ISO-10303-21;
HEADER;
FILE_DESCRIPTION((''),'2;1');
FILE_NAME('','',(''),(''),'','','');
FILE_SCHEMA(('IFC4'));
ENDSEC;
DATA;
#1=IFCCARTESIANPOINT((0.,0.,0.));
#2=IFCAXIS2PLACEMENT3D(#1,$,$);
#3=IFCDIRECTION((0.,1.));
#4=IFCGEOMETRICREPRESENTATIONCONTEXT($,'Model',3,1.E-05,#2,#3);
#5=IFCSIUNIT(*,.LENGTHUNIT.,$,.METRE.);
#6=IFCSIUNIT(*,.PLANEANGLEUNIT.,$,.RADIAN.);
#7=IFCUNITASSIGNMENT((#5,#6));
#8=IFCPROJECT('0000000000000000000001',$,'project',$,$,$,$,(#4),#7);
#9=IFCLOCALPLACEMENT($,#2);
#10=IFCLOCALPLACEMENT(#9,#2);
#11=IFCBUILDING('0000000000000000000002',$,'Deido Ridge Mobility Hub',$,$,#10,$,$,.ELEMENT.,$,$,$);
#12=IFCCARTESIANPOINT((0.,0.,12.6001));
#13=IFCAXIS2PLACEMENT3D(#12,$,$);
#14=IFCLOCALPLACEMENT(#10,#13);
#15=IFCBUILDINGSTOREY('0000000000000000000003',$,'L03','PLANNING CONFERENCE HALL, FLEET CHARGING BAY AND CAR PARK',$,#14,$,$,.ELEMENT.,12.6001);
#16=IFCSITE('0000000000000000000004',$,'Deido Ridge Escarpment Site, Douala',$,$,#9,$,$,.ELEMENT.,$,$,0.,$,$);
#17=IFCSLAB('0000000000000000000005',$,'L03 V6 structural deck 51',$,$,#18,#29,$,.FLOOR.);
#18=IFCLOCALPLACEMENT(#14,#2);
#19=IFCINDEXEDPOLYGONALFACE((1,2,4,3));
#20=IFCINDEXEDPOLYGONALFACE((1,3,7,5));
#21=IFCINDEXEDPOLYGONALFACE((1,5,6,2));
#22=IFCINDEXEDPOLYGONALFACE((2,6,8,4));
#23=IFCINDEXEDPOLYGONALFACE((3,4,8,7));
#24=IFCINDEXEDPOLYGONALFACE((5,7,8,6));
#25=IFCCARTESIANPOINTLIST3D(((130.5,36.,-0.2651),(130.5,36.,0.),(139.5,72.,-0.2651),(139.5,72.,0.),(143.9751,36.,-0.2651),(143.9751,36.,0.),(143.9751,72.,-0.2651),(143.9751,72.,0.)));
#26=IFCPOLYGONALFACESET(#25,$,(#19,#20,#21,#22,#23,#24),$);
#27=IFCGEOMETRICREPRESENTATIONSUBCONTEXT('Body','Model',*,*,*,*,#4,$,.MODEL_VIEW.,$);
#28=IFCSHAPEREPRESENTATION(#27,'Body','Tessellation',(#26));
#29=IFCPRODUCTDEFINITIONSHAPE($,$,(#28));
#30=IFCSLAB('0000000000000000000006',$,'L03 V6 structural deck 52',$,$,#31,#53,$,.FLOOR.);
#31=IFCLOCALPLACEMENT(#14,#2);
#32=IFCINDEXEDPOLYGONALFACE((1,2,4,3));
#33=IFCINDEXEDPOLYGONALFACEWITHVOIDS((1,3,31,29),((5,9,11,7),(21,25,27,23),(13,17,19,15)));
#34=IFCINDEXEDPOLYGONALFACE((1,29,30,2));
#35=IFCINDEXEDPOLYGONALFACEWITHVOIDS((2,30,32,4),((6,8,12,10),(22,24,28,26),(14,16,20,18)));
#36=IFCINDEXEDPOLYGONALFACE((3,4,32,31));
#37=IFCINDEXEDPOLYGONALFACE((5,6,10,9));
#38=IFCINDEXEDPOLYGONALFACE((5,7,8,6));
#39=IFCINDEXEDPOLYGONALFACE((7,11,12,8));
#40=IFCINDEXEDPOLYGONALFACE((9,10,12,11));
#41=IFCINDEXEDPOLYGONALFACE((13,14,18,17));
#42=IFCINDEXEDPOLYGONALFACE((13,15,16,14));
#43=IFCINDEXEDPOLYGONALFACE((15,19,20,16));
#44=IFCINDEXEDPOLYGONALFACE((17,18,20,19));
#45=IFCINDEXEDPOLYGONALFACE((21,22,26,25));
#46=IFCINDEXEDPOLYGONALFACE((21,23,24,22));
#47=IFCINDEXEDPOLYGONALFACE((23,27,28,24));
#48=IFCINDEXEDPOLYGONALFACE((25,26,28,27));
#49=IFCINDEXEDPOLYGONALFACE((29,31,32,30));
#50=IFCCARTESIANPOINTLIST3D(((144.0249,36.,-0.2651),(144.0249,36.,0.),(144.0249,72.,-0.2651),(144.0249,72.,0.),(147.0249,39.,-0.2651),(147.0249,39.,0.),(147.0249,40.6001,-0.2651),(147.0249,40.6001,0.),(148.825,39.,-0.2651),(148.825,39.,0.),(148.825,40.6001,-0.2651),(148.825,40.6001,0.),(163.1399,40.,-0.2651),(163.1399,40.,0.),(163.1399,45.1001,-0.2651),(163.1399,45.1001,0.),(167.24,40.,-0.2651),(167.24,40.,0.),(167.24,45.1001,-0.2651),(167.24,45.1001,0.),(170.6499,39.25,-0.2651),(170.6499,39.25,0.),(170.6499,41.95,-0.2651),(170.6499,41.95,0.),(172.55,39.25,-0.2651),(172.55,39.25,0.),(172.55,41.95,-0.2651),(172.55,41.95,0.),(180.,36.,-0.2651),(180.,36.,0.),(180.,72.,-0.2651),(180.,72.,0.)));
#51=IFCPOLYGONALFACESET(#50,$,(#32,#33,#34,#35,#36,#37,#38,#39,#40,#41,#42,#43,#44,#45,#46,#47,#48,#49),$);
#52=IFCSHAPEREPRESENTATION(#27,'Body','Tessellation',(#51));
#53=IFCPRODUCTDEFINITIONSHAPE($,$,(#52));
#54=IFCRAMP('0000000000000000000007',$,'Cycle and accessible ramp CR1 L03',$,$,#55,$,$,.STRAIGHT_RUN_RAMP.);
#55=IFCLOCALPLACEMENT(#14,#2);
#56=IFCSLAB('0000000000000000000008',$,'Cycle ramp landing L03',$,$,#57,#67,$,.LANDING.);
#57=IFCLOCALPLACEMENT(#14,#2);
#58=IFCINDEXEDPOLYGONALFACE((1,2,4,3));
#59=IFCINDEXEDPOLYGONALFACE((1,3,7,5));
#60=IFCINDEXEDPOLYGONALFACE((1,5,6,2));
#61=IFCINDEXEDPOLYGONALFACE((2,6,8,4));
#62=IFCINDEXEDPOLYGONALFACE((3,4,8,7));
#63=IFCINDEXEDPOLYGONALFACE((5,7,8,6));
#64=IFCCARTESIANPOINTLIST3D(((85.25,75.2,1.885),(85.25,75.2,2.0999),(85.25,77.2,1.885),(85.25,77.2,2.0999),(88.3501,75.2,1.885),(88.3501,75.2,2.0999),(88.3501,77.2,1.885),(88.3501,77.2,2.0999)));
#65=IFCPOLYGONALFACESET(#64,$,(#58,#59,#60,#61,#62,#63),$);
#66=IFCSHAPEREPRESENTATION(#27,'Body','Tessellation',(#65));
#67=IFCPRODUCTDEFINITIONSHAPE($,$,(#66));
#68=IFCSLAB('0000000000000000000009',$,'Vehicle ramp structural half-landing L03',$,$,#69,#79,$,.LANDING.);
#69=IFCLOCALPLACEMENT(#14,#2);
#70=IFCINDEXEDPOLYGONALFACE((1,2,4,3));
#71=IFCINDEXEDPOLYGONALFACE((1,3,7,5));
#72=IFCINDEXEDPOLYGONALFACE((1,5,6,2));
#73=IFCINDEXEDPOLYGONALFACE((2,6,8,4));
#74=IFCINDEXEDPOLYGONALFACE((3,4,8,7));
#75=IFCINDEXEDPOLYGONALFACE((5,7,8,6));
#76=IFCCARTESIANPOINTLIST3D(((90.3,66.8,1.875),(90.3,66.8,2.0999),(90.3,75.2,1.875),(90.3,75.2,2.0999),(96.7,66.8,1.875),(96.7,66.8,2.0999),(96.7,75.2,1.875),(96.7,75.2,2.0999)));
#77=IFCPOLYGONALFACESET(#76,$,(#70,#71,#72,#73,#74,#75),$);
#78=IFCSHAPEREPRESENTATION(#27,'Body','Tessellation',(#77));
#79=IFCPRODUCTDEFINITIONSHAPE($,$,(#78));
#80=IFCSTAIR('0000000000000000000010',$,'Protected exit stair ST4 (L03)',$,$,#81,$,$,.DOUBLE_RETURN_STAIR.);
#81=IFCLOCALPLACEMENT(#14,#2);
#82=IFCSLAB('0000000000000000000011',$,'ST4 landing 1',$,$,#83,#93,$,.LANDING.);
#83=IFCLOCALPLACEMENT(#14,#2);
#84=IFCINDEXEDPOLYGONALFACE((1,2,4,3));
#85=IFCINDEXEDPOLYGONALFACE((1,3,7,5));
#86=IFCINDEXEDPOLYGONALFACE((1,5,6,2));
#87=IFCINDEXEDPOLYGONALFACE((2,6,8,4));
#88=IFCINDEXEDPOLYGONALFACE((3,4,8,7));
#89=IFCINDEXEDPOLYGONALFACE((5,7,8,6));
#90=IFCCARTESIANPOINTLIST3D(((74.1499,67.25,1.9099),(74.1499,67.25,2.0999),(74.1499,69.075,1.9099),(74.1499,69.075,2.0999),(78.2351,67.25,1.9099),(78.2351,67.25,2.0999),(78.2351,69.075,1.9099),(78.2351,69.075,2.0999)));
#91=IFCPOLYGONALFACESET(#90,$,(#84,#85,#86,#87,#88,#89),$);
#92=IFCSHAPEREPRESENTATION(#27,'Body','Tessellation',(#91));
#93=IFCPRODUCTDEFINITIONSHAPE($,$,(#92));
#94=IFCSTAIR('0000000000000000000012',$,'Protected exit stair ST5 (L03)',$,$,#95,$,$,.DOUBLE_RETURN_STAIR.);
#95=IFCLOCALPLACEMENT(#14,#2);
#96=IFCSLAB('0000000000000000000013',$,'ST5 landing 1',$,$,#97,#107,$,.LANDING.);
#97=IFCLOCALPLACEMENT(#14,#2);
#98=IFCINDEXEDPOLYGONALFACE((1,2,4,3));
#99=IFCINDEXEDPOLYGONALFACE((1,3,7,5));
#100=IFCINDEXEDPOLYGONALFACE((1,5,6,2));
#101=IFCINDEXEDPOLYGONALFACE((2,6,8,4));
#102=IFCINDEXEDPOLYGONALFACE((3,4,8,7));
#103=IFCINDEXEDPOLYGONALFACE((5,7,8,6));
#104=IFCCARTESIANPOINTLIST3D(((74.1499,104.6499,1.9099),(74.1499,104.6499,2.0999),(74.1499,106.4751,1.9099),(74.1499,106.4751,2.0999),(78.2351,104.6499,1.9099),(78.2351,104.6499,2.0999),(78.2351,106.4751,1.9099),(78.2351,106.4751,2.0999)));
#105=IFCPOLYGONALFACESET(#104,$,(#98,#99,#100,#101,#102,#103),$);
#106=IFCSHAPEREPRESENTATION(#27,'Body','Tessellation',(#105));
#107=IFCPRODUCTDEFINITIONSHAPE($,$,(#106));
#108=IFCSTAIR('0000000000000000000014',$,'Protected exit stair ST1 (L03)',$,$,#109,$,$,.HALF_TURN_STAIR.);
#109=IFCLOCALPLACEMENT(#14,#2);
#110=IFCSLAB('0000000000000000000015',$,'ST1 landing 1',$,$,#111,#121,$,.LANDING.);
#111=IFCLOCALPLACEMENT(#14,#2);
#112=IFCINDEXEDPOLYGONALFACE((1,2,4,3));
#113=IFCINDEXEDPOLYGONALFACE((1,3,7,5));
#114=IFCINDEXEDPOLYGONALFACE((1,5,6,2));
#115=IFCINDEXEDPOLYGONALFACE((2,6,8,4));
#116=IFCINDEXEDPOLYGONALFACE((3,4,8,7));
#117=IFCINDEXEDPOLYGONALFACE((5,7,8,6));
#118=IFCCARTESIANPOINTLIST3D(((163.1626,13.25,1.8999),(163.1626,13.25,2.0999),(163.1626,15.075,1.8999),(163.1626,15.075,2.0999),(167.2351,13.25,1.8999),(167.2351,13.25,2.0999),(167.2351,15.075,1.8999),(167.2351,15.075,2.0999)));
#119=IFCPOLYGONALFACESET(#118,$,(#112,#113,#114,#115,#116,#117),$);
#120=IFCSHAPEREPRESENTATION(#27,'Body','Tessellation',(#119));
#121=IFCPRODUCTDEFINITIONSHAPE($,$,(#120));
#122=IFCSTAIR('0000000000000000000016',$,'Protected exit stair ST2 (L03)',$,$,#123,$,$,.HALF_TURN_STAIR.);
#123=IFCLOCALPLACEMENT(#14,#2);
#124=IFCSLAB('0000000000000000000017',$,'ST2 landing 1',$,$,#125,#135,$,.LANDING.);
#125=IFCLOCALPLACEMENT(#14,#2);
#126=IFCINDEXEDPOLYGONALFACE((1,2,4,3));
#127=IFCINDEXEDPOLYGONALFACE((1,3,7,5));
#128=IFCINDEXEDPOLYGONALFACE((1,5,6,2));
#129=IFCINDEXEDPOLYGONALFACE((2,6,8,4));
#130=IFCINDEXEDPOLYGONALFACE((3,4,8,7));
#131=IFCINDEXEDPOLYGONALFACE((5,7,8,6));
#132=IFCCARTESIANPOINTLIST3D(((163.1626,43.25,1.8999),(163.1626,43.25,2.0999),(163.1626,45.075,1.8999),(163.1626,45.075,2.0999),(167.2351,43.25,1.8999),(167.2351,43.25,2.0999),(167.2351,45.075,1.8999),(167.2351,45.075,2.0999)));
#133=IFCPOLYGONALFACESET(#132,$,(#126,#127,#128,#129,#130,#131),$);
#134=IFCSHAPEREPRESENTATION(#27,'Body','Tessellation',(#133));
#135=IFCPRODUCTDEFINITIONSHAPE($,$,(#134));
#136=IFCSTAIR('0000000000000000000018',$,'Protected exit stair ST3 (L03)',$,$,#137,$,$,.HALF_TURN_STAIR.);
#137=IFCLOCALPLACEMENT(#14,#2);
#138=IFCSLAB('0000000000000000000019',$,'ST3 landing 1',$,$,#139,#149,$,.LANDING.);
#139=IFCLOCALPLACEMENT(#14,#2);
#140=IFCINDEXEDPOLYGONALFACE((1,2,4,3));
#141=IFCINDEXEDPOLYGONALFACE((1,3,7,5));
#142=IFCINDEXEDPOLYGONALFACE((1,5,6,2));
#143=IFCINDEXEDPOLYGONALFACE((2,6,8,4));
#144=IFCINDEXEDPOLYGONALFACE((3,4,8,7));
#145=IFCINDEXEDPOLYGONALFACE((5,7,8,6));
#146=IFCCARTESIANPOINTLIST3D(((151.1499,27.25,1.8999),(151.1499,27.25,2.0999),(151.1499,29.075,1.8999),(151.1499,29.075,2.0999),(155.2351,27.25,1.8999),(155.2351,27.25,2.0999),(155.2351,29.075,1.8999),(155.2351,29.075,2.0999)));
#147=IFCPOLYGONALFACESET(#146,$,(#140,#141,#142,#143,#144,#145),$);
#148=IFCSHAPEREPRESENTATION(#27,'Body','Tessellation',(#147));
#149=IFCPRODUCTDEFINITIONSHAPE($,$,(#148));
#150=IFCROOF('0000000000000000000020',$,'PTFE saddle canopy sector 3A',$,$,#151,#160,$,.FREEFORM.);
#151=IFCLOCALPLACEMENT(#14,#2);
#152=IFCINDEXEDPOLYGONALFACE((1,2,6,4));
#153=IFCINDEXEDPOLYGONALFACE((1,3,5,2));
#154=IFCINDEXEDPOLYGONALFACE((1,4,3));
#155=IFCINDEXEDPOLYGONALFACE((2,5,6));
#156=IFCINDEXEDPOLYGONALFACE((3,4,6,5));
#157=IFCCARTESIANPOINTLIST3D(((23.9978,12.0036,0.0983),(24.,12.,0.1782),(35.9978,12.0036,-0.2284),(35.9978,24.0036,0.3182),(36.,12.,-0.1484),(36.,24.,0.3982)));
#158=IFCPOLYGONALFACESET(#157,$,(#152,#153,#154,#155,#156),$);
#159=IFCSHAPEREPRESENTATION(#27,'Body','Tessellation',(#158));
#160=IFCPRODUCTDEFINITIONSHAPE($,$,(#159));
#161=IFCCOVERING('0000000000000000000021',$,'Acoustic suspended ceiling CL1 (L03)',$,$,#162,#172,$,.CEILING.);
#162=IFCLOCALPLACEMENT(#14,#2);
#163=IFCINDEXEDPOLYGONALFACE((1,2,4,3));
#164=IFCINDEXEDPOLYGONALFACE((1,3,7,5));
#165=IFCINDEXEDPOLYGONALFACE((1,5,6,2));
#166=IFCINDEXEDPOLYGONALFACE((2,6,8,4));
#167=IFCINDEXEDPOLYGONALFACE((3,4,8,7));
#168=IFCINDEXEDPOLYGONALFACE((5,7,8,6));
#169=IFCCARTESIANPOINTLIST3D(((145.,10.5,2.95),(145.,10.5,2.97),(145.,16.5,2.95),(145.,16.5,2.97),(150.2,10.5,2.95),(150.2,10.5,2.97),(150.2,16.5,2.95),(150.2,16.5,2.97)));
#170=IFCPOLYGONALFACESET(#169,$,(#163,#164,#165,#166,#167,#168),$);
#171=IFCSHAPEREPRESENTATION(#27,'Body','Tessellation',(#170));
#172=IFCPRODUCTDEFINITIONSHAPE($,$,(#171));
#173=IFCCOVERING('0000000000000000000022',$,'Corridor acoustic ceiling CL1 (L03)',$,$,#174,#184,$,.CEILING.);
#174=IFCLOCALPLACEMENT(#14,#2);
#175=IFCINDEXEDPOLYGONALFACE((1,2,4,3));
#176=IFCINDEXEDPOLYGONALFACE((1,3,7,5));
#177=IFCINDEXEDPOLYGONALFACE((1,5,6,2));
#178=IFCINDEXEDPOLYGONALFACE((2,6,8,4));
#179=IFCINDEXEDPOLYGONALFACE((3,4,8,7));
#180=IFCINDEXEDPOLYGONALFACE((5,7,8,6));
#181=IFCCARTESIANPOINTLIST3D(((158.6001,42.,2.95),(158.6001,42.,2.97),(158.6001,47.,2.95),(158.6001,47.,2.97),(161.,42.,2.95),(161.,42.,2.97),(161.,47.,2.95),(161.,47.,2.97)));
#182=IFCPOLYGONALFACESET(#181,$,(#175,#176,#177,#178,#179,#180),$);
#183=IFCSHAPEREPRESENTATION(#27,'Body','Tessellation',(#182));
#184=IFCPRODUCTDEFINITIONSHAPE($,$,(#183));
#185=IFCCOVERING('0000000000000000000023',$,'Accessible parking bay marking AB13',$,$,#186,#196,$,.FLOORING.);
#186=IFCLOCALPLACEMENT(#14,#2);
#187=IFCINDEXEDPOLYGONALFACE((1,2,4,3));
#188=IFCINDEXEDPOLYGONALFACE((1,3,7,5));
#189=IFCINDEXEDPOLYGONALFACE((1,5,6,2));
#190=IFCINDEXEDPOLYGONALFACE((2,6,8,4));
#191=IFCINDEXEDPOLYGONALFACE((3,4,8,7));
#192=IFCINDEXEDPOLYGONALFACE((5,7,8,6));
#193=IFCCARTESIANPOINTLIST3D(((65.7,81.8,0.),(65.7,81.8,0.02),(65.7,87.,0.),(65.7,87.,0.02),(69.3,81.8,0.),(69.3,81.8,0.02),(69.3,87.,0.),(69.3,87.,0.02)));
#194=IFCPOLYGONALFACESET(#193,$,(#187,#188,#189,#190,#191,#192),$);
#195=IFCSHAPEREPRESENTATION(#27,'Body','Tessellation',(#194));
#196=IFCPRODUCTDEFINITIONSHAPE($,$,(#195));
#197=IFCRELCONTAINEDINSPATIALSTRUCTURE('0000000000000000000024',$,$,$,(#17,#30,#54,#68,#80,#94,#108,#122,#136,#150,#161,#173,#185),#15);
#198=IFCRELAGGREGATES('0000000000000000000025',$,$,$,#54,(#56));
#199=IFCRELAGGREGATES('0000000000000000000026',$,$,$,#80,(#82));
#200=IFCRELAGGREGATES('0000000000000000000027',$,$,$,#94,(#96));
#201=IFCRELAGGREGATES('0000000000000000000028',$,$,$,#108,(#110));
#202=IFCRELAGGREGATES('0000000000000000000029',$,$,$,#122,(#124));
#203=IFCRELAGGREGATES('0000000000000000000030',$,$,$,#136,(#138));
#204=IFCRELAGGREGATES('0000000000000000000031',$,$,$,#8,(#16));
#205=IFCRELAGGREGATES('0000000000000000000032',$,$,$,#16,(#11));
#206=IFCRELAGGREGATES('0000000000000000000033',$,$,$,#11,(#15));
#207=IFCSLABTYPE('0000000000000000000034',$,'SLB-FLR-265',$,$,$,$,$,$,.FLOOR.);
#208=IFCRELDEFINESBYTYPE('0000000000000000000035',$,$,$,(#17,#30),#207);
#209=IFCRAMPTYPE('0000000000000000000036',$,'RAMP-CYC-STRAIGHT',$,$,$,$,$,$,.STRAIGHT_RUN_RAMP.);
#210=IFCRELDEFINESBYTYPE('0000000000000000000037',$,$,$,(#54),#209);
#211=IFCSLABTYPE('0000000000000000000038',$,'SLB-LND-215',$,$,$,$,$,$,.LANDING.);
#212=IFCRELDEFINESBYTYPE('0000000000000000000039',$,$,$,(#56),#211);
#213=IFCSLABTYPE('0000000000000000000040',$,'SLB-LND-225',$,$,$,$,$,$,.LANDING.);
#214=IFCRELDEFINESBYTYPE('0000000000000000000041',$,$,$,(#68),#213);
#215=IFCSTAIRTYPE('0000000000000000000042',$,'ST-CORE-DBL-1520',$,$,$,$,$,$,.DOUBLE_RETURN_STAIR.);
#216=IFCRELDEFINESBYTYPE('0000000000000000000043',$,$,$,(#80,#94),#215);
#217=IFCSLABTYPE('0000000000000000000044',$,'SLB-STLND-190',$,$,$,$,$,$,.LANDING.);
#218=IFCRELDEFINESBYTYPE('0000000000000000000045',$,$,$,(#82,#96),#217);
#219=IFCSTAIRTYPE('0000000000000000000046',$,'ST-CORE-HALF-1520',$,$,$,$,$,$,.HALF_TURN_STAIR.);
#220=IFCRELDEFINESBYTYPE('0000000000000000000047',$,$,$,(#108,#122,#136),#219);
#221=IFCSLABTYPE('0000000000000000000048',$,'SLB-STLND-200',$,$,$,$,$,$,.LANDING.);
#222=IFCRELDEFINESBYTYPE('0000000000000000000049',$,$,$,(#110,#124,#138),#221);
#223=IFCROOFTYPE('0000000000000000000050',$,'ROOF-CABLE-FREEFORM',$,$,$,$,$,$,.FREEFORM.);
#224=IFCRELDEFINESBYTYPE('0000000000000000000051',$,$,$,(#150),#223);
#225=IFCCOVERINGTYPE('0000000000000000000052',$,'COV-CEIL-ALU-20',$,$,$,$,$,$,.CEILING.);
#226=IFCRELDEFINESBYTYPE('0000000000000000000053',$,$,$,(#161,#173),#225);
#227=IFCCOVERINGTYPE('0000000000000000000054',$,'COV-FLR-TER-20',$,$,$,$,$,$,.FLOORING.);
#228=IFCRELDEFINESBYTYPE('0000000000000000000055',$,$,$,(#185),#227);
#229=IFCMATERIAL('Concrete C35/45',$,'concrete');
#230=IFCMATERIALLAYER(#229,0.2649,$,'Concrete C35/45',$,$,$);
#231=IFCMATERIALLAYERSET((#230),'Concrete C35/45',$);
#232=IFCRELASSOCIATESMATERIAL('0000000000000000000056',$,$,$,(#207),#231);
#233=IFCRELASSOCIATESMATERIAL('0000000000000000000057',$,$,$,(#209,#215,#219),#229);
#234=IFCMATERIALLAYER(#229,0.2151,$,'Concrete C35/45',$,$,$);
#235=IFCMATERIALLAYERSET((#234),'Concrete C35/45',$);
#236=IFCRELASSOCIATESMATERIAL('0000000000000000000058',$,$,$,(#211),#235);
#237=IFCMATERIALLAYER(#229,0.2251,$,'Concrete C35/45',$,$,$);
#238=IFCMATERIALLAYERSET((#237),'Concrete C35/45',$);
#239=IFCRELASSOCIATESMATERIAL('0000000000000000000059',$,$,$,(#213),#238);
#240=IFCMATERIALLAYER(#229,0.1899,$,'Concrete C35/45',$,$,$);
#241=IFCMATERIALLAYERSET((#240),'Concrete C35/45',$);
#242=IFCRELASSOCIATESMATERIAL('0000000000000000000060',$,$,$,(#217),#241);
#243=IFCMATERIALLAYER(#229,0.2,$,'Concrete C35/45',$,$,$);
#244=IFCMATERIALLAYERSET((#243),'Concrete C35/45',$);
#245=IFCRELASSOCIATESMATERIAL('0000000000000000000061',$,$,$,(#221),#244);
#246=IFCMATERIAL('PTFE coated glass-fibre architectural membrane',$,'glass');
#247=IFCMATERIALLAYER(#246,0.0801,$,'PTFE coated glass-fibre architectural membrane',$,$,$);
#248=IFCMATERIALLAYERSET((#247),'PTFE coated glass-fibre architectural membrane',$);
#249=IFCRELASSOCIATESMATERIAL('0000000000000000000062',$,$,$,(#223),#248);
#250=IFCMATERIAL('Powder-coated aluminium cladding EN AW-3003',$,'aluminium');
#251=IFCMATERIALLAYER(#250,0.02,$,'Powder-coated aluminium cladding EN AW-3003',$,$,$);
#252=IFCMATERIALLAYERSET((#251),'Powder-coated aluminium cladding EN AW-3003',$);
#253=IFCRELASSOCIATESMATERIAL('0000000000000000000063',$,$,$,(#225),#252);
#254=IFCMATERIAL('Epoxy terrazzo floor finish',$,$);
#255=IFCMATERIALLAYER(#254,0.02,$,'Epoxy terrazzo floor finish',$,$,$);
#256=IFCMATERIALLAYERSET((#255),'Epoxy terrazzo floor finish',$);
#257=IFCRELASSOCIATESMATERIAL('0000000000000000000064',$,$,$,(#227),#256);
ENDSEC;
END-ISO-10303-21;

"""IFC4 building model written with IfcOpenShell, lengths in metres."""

from ifc_helpers import new_model, si_unit, direction, frame, origin, place, context, subcontext, project, spatial, polyline, outline, extrude, material, layer, layer_set, type_object, element, aggregate, save


model = new_model("IFC4")

# Units and contexts
model_context = context("Model", 3, precision=1e-05, world=origin(), true_north=direction((0.0, 1.0)))
body_context = subcontext(model_context, "Body", "Model", "MODEL_VIEW")
ifc_project = project(units=[si_unit("LENGTHUNIT", "METRE"), si_unit("PLANEANGLEUNIT", "RADIAN")], contexts=[model_context])

# Site, building, storey
site_placement = place(None, origin())
site = spatial("IfcSite", under=ifc_project, at=site_placement, Name="Deido Ridge Escarpment Site, Douala", CompositionType="ELEMENT", RefElevation=0.0)
building_placement = place(site_placement, origin())
building = spatial("IfcBuilding", under=site, at=building_placement, Name="Deido Ridge Mobility Hub", CompositionType="ELEMENT")
storey_placement = place(building_placement, frame((0.0, 0.0, 12.6001)))
storey = spatial("IfcBuildingStorey", under=building, at=storey_placement, Name="L03", Description="PLANNING CONFERENCE HALL, FLEET CHARGING BAY AND CAR PARK", CompositionType="ELEMENT", Elevation=12.6001)

# Slabs
ifc_material_1 = material(Name="Concrete C35/45", Category="concrete")
ifc_layer_1 = layer(ifc_material_1, 0.2649, Name="Concrete C35/45")
ifc_layer_set_1 = layer_set([ifc_layer_1], Name="Concrete C35/45")
slab_type_1 = type_object("IfcSlabType", Name="SLB-FLR-265", PredefinedType="FLOOR", material=ifc_layer_set_1)
slab_1_placement = place(storey_placement, frame((0.0, 0.0, -0.2651)))
element("IfcSlab", 1, at=slab_1_placement, inside=storey, type_object=slab_type_1, Name="L03 V6 structural deck 51", PredefinedType="FLOOR", context=body_context, shape_type="SweptSolid", body=[
    extrude(outline(polyline([(143.9751, 72.0), (143.9751, 36.0), (130.5, 36.0), (139.5, 72.0), (143.9751, 72.0)])), origin(), (0.0, 0.0, 1.0), 0.2651),
])
slab_2_placement = place(storey_placement, frame((0.0, 0.0, -0.2651)))
element("IfcSlab", 2, at=slab_2_placement, inside=storey, type_object=slab_type_1, Name="L03 V6 structural deck 52", PredefinedType="FLOOR", context=body_context, shape_type="SweptSolid", body=[
    extrude(outline(polyline([(180.0, 72.0), (180.0, 36.0), (144.0249, 36.0), (144.0249, 72.0), (180.0, 72.0)]), holes=[polyline([(147.0249, 39.0), (147.0249, 40.6001), (148.825, 40.6001), (148.825, 39.0), (147.0249, 39.0)]), polyline([(170.6499, 39.25), (170.6499, 41.95), (172.55, 41.95), (172.55, 39.25), (170.6499, 39.25)]), polyline([(163.1399, 40.0), (163.1399, 45.1001), (167.24, 45.1001), (167.24, 40.0), (163.1399, 40.0)])]), origin(), (0.0, 0.0, 1.0), 0.2651),
])

# Ramp, slab
ramp_type = type_object("IfcRampType", Name="RAMP-CYC-STRAIGHT", PredefinedType="STRAIGHT_RUN_RAMP", material=ifc_material_1)
ramp_placement = place(storey_placement, origin())
ramp = element("IfcRamp", 3, at=ramp_placement, inside=storey, type_object=ramp_type, Name="Cycle and accessible ramp CR1 L03", PredefinedType="STRAIGHT_RUN_RAMP")
ifc_layer_2 = layer(ifc_material_1, 0.2151, Name="Concrete C35/45")
ifc_layer_set_2 = layer_set([ifc_layer_2], Name="Concrete C35/45")
slab_type_2 = type_object("IfcSlabType", Name="SLB-LND-215", PredefinedType="LANDING", material=ifc_layer_set_2)
slab_3_placement = place(storey_placement, frame((0.0, 0.0, 1.885)))
slab_3 = element("IfcSlab", 4, at=slab_3_placement, type_object=slab_type_2, Name="Cycle ramp landing L03", PredefinedType="LANDING", context=body_context, shape_type="SweptSolid", body=[
    extrude(outline(polyline([(85.25, 75.2), (88.3501, 75.2), (88.3501, 77.2), (85.25, 77.2), (85.25, 75.2)])), origin(), (0.0, 0.0, 1.0), 0.2148),
])
aggregate(ramp, [slab_3])

# Slab
ifc_layer_3 = layer(ifc_material_1, 0.2251, Name="Concrete C35/45")
ifc_layer_set_3 = layer_set([ifc_layer_3], Name="Concrete C35/45")
slab_type_3 = type_object("IfcSlabType", Name="SLB-LND-225", PredefinedType="LANDING", material=ifc_layer_set_3)
slab_4_placement = place(storey_placement, frame((0.0, 0.0, 1.875)))
element("IfcSlab", 5, at=slab_4_placement, inside=storey, type_object=slab_type_3, Name="Vehicle ramp structural half-landing L03", PredefinedType="LANDING", context=body_context, shape_type="SweptSolid", body=[
    extrude(outline(polyline([(90.3, 66.8), (96.7, 66.8), (96.7, 75.2), (90.3, 75.2), (90.3, 66.8)])), origin(), (0.0, 0.0, 1.0), 0.2249),
])

# Stairs, slabs
stair_type_1 = type_object("IfcStairType", Name="ST-CORE-DBL-1520", PredefinedType="DOUBLE_RETURN_STAIR", material=ifc_material_1)
stair_1_placement = place(storey_placement, origin())
stair_1 = element("IfcStair", 6, at=stair_1_placement, inside=storey, type_object=stair_type_1, Name="Protected exit stair ST4 (L03)", PredefinedType="DOUBLE_RETURN_STAIR")
ifc_layer_4 = layer(ifc_material_1, 0.1899, Name="Concrete C35/45")
ifc_layer_set_4 = layer_set([ifc_layer_4], Name="Concrete C35/45")
slab_type_4 = type_object("IfcSlabType", Name="SLB-STLND-190", PredefinedType="LANDING", material=ifc_layer_set_4)
slab_5_placement = place(storey_placement, frame((0.0, 0.0, 1.9099)))
slab_5 = element("IfcSlab", 7, at=slab_5_placement, type_object=slab_type_4, Name="ST4 landing 1", PredefinedType="LANDING", context=body_context, shape_type="SweptSolid", body=[
    extrude(outline(polyline([(74.1499, 67.25), (78.2351, 67.25), (78.2351, 69.075), (74.1499, 69.075), (74.1499, 67.25)])), origin(), (0.0, 0.0, 1.0), 0.1899),
])
aggregate(stair_1, [slab_5])
stair_2_placement = place(storey_placement, origin())
stair_2 = element("IfcStair", 8, at=stair_2_placement, inside=storey, type_object=stair_type_1, Name="Protected exit stair ST5 (L03)", PredefinedType="DOUBLE_RETURN_STAIR")
slab_6_placement = place(storey_placement, frame((0.0, 0.0, 1.9099)))
slab_6 = element("IfcSlab", 9, at=slab_6_placement, type_object=slab_type_4, Name="ST5 landing 1", PredefinedType="LANDING", context=body_context, shape_type="SweptSolid", body=[
    extrude(outline(polyline([(74.1499, 104.6499), (78.2351, 104.6499), (78.2351, 106.4751), (74.1499, 106.4751), (74.1499, 104.6499)])), origin(), (0.0, 0.0, 1.0), 0.1899),
])
aggregate(stair_2, [slab_6])
stair_type_2 = type_object("IfcStairType", Name="ST-CORE-HALF-1520", PredefinedType="HALF_TURN_STAIR", material=ifc_material_1)
stair_3_placement = place(storey_placement, origin())
stair_3 = element("IfcStair", 10, at=stair_3_placement, inside=storey, type_object=stair_type_2, Name="Protected exit stair ST1 (L03)", PredefinedType="HALF_TURN_STAIR")
ifc_layer_5 = layer(ifc_material_1, 0.2, Name="Concrete C35/45")
ifc_layer_set_5 = layer_set([ifc_layer_5], Name="Concrete C35/45")
slab_type_5 = type_object("IfcSlabType", Name="SLB-STLND-200", PredefinedType="LANDING", material=ifc_layer_set_5)
slab_7_placement = place(storey_placement, frame((0.0, 0.0, 1.8999)))
slab_7 = element("IfcSlab", 11, at=slab_7_placement, type_object=slab_type_5, Name="ST1 landing 1", PredefinedType="LANDING", context=body_context, shape_type="SweptSolid", body=[
    extrude(outline(polyline([(163.1626, 13.25), (167.2351, 13.25), (167.2351, 15.075), (163.1626, 15.075), (163.1626, 13.25)])), origin(), (0.0, 0.0, 1.0), 0.2),
])
aggregate(stair_3, [slab_7])
stair_4_placement = place(storey_placement, origin())
stair_4 = element("IfcStair", 12, at=stair_4_placement, inside=storey, type_object=stair_type_2, Name="Protected exit stair ST2 (L03)", PredefinedType="HALF_TURN_STAIR")
slab_8_placement = place(storey_placement, frame((0.0, 0.0, 1.8999)))
slab_8 = element("IfcSlab", 13, at=slab_8_placement, type_object=slab_type_5, Name="ST2 landing 1", PredefinedType="LANDING", context=body_context, shape_type="SweptSolid", body=[
    extrude(outline(polyline([(163.1626, 43.25), (167.2351, 43.25), (167.2351, 45.075), (163.1626, 45.075), (163.1626, 43.25)])), origin(), (0.0, 0.0, 1.0), 0.2),
])
aggregate(stair_4, [slab_8])
stair_5_placement = place(storey_placement, origin())
stair_5 = element("IfcStair", 14, at=stair_5_placement, inside=storey, type_object=stair_type_2, Name="Protected exit stair ST3 (L03)", PredefinedType="HALF_TURN_STAIR")
slab_9_placement = place(storey_placement, frame((0.0, 0.0, 1.8999)))
slab_9 = element("IfcSlab", 15, at=slab_9_placement, type_object=slab_type_5, Name="ST3 landing 1", PredefinedType="LANDING", context=body_context, shape_type="SweptSolid", body=[
    extrude(outline(polyline([(151.1499, 27.25), (155.2351, 27.25), (155.2351, 29.075), (151.1499, 29.075), (151.1499, 27.25)])), origin(), (0.0, 0.0, 1.0), 0.2),
])
aggregate(stair_5, [slab_9])

# Roof
ifc_material_2 = material(Name="PTFE coated glass-fibre architectural membrane", Category="glass")
ifc_layer_6 = layer(ifc_material_2, 0.0801, Name="PTFE coated glass-fibre architectural membrane")
ifc_layer_set_6 = layer_set([ifc_layer_6], Name="PTFE coated glass-fibre architectural membrane")
roof_type = type_object("IfcRoofType", Name="ROOF-CABLE-FREEFORM", PredefinedType="FREEFORM", material=ifc_layer_set_6)
roof_placement = place(storey_placement, frame((24.0, 12.0, 0.1782), z_axis=(0.027183, -0.045489, 0.998595), x_axis=(0.99963, 0.0, -0.027212)))
element("IfcRoof", 16, at=roof_placement, inside=storey, type_object=roof_type, Name="PTFE saddle canopy sector 3A", PredefinedType="FREEFORM", context=body_context, shape_type="SweptSolid", body=[
    extrude(outline(polyline([(0.0, 0.0), (12.0044, 0.0), (11.9896, 12.0124), (0.0, 0.0)])), origin(), (0.0, 0.0, -1.0), 0.0801),
])

# Coverings
ifc_material_3 = material(Name="Powder-coated aluminium cladding EN AW-3003", Category="aluminium")
ifc_layer_7 = layer(ifc_material_3, 0.02, Name="Powder-coated aluminium cladding EN AW-3003")
ifc_layer_set_7 = layer_set([ifc_layer_7], Name="Powder-coated aluminium cladding EN AW-3003")
covering_type_1 = type_object("IfcCoveringType", Name="COV-CEIL-ALU-20", PredefinedType="CEILING", material=ifc_layer_set_7)
covering_1_placement = place(storey_placement, frame((0.0, 0.0, 2.95)))
element("IfcCovering", 17, at=covering_1_placement, inside=storey, type_object=covering_type_1, Name="Acoustic suspended ceiling CL1 (L03)", PredefinedType="CEILING", context=body_context, shape_type="SweptSolid", body=[
    extrude(outline(polyline([(145.0, 10.5), (150.2, 10.5), (150.2, 16.5), (145.0, 16.5), (145.0, 10.5)])), origin(), (0.0, 0.0, 1.0), 0.02),
])
covering_2_placement = place(storey_placement, frame((0.0, 0.0, 2.95)))
element("IfcCovering", 18, at=covering_2_placement, inside=storey, type_object=covering_type_1, Name="Corridor acoustic ceiling CL1 (L03)", PredefinedType="CEILING", context=body_context, shape_type="SweptSolid", body=[
    extrude(outline(polyline([(158.6001, 42.0), (161.0, 42.0), (161.0, 47.0), (158.6001, 47.0), (158.6001, 42.0)])), origin(), (0.0, 0.0, 1.0), 0.02),
])
ifc_material_4 = material(Name="Epoxy terrazzo floor finish")
ifc_layer_8 = layer(ifc_material_4, 0.02, Name="Epoxy terrazzo floor finish")
ifc_layer_set_8 = layer_set([ifc_layer_8], Name="Epoxy terrazzo floor finish")
covering_type_2 = type_object("IfcCoveringType", Name="COV-FLR-TER-20", PredefinedType="FLOORING", material=ifc_layer_set_8)
covering_3_placement = place(storey_placement, origin())
element("IfcCovering", 19, at=covering_3_placement, inside=storey, type_object=covering_type_2, Name="Accessible parking bay marking AB13", PredefinedType="FLOORING", context=body_context, shape_type="SweptSolid", body=[
    extrude(outline(polyline([(65.7, 81.8), (69.3, 81.8), (69.3, 87.0), (65.7, 87.0), (65.7, 81.8)])), origin(), (0.0, 0.0, 1.0), 0.02),
])

save(model, "model.ifc")
